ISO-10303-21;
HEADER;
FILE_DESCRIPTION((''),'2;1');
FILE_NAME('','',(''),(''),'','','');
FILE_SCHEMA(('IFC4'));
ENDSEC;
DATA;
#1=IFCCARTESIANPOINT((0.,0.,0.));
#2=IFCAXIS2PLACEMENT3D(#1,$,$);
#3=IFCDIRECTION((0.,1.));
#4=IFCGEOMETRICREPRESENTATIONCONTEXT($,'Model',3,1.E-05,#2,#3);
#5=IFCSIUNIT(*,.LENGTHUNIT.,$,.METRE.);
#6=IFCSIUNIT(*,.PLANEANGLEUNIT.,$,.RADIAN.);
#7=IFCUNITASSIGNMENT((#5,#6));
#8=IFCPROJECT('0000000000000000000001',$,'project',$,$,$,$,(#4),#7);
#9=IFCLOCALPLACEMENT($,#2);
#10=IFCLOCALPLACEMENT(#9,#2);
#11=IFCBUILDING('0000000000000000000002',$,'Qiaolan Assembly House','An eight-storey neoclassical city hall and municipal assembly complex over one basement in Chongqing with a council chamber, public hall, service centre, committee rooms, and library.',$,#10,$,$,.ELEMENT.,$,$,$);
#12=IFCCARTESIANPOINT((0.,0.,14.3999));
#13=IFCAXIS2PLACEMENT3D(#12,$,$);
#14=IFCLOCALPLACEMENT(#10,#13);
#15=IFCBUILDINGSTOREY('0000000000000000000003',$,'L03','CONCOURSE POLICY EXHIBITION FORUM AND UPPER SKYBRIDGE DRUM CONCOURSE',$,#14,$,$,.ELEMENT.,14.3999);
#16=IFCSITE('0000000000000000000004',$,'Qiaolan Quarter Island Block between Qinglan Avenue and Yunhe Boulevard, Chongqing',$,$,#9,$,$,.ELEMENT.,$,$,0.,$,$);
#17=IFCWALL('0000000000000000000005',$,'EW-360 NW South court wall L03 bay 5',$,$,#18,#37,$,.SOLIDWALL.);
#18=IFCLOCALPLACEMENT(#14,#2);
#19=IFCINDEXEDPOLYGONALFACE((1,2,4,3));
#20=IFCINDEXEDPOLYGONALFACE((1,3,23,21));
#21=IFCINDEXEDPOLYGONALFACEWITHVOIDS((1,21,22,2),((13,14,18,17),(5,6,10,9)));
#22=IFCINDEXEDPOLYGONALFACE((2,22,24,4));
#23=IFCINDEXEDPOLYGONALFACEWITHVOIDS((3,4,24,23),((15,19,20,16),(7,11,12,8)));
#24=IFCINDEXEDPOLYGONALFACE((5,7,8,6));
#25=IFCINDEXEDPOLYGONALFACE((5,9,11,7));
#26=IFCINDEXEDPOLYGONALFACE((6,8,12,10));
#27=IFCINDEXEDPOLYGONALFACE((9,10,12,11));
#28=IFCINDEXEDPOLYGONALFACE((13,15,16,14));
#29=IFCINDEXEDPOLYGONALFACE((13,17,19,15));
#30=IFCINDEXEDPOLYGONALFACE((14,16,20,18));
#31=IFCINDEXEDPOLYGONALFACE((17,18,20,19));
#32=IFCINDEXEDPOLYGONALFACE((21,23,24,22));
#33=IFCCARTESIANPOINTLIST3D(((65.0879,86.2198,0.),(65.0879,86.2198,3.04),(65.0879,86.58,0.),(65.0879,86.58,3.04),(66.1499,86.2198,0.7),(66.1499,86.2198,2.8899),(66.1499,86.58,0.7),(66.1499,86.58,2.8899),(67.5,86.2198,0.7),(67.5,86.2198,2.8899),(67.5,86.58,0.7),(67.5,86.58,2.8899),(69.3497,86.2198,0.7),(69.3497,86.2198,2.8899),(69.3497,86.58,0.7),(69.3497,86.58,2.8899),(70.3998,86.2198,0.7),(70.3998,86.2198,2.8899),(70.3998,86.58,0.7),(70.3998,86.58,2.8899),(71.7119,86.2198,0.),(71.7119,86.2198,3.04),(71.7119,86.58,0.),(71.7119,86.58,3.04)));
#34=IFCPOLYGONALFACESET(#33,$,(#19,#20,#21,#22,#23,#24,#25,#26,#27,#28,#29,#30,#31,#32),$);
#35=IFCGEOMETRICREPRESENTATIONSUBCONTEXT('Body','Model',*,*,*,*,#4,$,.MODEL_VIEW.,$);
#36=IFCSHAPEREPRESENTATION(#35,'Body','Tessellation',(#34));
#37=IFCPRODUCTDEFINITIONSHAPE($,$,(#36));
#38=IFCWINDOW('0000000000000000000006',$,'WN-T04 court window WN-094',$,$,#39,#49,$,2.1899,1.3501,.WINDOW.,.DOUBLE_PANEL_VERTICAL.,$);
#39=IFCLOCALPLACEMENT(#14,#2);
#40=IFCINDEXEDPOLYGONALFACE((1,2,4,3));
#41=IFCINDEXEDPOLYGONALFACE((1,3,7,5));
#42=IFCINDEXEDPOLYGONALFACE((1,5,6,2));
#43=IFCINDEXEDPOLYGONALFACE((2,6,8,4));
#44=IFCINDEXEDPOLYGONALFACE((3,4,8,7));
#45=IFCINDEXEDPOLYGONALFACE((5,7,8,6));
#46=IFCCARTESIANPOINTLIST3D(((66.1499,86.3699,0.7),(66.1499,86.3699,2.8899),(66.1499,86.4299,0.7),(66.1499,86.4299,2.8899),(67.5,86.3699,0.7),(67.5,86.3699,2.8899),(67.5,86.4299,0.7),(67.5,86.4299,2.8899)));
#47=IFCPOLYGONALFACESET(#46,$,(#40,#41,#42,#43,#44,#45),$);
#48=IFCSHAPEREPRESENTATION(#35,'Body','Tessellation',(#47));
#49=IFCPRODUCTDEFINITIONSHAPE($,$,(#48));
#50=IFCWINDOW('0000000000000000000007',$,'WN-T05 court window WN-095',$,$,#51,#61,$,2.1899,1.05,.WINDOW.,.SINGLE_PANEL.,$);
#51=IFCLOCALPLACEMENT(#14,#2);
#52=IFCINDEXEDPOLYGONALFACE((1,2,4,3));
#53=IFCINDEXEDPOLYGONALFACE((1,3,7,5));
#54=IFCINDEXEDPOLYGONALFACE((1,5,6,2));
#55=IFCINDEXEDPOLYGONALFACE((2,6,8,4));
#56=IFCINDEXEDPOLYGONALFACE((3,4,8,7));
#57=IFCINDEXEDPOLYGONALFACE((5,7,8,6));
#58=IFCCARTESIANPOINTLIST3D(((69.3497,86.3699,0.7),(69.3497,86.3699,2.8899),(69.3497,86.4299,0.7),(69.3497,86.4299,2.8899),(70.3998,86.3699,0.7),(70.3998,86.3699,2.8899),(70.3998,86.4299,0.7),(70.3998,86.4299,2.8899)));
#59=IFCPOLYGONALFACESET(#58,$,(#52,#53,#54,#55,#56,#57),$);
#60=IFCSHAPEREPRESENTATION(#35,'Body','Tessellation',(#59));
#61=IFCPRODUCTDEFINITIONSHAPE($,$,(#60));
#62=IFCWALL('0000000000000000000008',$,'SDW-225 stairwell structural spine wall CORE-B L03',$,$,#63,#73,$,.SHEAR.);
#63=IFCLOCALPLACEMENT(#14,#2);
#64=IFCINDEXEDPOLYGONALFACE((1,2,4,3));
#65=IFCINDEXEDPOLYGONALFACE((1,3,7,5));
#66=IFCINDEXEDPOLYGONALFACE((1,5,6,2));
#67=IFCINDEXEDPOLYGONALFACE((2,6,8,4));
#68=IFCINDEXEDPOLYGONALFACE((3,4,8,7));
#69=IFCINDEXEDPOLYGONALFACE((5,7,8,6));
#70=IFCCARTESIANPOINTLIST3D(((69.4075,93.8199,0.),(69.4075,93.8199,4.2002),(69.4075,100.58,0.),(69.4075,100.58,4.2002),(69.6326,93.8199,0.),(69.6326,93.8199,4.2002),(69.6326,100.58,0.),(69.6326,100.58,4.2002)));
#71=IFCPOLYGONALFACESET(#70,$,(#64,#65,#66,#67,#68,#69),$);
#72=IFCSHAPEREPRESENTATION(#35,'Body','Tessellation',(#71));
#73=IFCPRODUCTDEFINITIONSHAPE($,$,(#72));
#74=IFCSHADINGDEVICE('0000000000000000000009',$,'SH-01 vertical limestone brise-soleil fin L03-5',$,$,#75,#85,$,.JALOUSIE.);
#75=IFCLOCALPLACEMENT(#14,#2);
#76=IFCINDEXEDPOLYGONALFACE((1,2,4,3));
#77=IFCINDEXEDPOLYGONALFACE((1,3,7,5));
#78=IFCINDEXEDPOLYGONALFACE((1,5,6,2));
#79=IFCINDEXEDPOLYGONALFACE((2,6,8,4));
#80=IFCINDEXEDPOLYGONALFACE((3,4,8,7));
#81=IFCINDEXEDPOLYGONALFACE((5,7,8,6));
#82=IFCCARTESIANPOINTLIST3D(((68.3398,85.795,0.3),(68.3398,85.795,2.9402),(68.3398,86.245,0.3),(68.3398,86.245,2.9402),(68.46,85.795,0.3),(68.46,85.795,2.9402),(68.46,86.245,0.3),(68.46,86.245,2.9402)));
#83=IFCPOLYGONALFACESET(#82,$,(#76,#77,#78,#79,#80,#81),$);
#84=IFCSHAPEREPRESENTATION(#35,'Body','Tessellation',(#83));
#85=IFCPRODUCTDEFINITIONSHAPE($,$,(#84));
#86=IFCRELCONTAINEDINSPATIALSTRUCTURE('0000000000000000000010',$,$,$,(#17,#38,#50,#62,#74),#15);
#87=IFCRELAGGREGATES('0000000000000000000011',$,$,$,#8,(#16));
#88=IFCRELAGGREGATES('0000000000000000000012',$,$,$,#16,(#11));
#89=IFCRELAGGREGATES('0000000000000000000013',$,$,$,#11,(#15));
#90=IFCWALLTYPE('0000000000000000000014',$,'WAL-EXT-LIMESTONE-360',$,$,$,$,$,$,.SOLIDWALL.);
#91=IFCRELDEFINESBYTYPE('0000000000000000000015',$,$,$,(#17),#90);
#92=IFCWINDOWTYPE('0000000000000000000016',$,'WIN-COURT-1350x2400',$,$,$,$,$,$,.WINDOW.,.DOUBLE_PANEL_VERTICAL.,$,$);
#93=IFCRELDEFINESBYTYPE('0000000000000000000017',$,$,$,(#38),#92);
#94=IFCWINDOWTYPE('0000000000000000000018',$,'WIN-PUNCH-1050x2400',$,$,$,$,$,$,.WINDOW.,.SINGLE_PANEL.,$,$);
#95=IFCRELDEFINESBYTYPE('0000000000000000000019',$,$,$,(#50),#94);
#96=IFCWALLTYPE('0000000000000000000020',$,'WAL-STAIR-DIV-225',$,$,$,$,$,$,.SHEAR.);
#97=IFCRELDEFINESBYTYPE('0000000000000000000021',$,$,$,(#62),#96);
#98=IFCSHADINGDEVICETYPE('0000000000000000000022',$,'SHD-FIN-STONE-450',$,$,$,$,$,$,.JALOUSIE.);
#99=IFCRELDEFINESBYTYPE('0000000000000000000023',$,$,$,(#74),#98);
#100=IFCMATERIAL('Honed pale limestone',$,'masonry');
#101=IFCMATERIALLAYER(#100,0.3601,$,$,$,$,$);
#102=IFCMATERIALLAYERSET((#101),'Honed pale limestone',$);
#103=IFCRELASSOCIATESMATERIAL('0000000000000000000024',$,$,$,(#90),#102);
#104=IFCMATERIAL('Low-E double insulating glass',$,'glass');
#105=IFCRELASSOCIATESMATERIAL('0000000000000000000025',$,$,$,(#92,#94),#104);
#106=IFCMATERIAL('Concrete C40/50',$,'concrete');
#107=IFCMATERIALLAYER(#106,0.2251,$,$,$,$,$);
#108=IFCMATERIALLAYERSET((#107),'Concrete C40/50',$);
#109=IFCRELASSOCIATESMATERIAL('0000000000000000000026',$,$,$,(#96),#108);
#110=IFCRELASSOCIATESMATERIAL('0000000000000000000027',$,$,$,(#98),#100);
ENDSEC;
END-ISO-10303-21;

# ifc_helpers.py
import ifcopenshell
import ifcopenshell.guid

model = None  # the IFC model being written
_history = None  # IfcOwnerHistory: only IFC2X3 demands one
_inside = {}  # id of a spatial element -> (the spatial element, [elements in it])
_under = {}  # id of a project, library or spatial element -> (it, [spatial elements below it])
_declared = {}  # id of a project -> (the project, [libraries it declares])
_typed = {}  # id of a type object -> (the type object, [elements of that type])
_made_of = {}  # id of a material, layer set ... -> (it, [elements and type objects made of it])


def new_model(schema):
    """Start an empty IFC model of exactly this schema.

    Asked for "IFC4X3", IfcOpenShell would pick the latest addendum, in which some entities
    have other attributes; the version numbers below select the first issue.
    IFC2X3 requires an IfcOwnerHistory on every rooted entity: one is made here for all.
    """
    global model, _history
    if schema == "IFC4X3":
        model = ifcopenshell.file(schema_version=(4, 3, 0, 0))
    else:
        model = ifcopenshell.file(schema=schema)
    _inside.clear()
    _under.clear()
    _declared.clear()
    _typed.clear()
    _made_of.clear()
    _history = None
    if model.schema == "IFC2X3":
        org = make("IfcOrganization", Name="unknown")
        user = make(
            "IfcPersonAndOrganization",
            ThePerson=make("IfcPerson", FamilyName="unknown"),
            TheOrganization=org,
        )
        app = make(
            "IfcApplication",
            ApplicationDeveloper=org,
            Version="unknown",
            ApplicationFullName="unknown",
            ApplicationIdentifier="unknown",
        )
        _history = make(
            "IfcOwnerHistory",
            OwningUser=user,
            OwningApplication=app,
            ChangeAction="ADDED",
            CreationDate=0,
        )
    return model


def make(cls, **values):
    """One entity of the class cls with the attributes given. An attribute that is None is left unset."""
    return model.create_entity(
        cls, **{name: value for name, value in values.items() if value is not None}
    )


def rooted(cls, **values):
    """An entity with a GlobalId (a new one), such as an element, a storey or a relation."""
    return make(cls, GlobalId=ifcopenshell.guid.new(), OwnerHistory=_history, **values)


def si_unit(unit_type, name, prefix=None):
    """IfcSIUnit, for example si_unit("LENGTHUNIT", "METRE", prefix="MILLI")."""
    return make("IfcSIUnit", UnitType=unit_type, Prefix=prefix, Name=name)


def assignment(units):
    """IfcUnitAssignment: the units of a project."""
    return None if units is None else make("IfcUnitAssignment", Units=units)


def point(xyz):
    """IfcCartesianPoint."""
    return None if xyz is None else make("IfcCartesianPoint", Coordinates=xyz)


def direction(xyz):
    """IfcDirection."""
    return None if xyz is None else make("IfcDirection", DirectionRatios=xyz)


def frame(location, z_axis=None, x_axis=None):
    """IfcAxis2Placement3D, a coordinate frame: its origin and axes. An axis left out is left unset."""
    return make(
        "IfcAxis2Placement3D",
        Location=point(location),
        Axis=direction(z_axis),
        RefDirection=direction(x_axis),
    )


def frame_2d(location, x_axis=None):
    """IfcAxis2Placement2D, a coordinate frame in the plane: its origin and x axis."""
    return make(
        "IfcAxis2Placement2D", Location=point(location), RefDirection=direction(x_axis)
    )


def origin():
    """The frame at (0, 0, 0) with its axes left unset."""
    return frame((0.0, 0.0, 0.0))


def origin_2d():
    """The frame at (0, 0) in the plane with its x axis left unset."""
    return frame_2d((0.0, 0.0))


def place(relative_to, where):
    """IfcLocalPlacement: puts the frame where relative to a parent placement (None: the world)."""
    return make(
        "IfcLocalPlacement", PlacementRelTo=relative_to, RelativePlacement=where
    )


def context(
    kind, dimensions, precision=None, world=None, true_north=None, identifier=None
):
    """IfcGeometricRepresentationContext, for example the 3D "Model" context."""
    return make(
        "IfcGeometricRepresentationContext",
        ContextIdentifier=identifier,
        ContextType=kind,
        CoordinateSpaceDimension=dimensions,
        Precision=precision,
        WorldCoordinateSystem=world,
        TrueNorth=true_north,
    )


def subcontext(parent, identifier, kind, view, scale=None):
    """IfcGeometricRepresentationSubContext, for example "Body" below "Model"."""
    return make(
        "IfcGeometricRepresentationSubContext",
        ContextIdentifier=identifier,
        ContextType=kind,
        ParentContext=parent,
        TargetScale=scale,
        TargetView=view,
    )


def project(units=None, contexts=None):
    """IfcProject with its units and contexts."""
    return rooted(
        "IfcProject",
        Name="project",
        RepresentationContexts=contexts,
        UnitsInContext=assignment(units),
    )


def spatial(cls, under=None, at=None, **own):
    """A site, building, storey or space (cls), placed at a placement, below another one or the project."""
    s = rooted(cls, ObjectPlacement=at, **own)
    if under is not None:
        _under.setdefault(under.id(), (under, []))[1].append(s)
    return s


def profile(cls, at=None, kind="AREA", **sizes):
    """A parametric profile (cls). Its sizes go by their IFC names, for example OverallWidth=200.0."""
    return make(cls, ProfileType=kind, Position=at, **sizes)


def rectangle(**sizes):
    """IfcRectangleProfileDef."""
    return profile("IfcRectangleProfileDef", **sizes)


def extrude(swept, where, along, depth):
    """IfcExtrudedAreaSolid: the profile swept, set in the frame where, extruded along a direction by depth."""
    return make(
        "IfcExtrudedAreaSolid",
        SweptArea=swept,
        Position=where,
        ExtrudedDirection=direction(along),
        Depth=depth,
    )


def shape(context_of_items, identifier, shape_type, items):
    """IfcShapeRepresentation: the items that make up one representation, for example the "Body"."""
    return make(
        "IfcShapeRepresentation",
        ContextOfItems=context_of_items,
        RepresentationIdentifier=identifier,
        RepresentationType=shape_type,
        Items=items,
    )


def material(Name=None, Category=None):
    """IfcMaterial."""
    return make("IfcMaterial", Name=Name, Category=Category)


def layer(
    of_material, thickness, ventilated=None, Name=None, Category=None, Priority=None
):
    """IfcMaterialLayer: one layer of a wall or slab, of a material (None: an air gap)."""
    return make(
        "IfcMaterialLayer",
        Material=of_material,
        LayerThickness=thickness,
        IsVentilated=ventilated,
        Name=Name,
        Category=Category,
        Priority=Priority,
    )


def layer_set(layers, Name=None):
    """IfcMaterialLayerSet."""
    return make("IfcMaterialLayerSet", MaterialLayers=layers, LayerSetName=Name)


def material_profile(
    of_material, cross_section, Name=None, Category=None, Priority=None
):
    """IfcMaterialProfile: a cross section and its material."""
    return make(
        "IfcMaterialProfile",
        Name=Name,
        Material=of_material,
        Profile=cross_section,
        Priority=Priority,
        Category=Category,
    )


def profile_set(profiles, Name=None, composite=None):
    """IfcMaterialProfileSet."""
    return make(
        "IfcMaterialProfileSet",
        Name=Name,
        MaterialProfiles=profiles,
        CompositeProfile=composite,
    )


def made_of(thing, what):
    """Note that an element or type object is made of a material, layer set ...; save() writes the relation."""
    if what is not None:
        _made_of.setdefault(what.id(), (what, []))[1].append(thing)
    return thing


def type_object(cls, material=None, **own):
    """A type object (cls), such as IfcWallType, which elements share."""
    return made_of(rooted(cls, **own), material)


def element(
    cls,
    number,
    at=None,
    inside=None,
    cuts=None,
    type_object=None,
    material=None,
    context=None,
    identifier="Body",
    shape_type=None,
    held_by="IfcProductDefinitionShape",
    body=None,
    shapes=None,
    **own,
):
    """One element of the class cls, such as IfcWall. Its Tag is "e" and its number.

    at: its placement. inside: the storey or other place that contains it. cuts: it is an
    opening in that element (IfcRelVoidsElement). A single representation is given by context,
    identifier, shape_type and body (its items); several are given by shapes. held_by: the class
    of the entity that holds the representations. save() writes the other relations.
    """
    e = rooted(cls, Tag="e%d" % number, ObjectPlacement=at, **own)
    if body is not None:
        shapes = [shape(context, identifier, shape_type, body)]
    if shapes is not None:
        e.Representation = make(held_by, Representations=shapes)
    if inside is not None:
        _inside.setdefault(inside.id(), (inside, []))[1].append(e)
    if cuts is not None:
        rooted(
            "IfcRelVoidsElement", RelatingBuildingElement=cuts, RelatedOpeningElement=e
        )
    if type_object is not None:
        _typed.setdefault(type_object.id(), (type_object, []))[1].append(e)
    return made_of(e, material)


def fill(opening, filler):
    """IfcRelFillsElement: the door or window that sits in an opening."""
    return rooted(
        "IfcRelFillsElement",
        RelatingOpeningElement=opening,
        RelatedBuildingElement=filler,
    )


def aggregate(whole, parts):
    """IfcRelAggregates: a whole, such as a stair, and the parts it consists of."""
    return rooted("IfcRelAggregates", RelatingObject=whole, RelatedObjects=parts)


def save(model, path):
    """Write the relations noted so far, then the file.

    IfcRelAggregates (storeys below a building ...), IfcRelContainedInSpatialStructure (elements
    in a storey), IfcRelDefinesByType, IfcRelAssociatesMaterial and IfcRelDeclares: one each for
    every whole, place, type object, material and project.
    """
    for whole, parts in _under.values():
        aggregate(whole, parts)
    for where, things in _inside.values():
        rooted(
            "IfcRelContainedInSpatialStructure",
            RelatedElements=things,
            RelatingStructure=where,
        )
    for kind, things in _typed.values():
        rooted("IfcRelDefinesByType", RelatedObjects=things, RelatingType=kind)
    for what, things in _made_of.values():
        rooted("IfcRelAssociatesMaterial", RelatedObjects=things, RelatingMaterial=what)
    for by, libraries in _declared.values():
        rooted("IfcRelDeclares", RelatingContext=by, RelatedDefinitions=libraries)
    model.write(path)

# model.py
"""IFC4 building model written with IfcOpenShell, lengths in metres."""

from ifc_helpers import new_model, si_unit, direction, frame, frame_2d, origin, origin_2d, place, context, subcontext, project, spatial, rectangle, extrude, material, layer, layer_set, material_profile, profile_set, type_object, element, fill, save


model = new_model("IFC4")

# Units and contexts
model_context = context("Model", 3, precision=1e-05, world=origin(), true_north=direction((0.0, 1.0)))
body_context = subcontext(model_context, "Body", "Model", "MODEL_VIEW")
ifc_project = project(units=[si_unit("LENGTHUNIT", "METRE"), si_unit("PLANEANGLEUNIT", "RADIAN")], contexts=[model_context])

# Site, building, storey
site_placement = place(None, origin())
site = spatial("IfcSite", under=ifc_project, at=site_placement, Name="Qiaolan Quarter Island Block between Qinglan Avenue and Yunhe Boulevard, Chongqing", CompositionType="ELEMENT", RefElevation=0.0)
building_placement = place(site_placement, origin())
building = spatial("IfcBuilding", under=site, at=building_placement, Name="Qiaolan Assembly House", Description="An eight-storey neoclassical city hall and municipal assembly complex over one basement in Chongqing with a council chamber, public hall, service centre, committee rooms, and library.", CompositionType="ELEMENT")
storey_placement = place(building_placement, frame((0.0, 0.0, 14.3999)))
storey = spatial("IfcBuildingStorey", under=building, at=storey_placement, Name="L03", Description="CONCOURSE POLICY EXHIBITION FORUM AND UPPER SKYBRIDGE DRUM CONCOURSE", CompositionType="ELEMENT", Elevation=14.3999)

# Shared definitions
ifc_material_1 = material(Name="Concrete C40/50", Category="concrete")

# Wall, openings, windows
ifc_material_2 = material(Name="Honed pale limestone", Category="masonry")
ifc_layer_1 = layer(ifc_material_2, 0.3601)
ifc_layer_set_1 = layer_set([ifc_layer_1], Name="Honed pale limestone")
wall_type_1 = type_object("IfcWallType", Name="WAL-EXT-LIMESTONE-360", PredefinedType="SOLIDWALL", material=ifc_layer_set_1)
wall_1_placement = place(storey_placement, frame((65.0879, 86.3999, 0.0), z_axis=(0.0, 0.0, 1.0), x_axis=(1.0, 0.0, 0.0)))
wall_1 = element("IfcWall", 1, at=wall_1_placement, inside=storey, type_object=wall_type_1, Name="EW-360 NW South court wall L03 bay 5", PredefinedType="SOLIDWALL", context=body_context, shape_type="SweptSolid", body=[
    extrude(rectangle(XDim=6.624, YDim=0.3601, at=frame_2d((3.312, 0.0))), origin(), (0.0, 0.0, 1.0), 3.04),
])
opening_1_placement = place(wall_1_placement, frame((1.062, 0.0, 0.7)))
opening_1 = element("IfcOpeningElement", 2, at=opening_1_placement, cuts=wall_1, PredefinedType="OPENING", context=body_context, shape_type="SweptSolid", body=[
    extrude(rectangle(XDim=1.3501, YDim=2.1899, at=frame_2d((0.675, 1.095))), frame((0.0, 0.1899, 0.0), z_axis=(0.0, -1.0, 0.0), x_axis=(1.0, 0.0, 0.0)), (0.0, 0.0, 1.0), 0.3801),
])
opening_2_placement = place(wall_1_placement, frame((4.262, 0.0, 0.7)))
opening_2 = element("IfcOpeningElement", 3, at=opening_2_placement, cuts=wall_1, PredefinedType="OPENING", context=body_context, shape_type="SweptSolid", body=[
    extrude(rectangle(XDim=1.05, YDim=2.1899, at=frame_2d((0.5249, 1.095))), frame((0.0, 0.1899, 0.0), z_axis=(0.0, -1.0, 0.0), x_axis=(1.0, 0.0, 0.0)), (0.0, 0.0, 1.0), 0.3801),
])
ifc_material_3 = material(Name="Low-E double insulating glass", Category="glass")
window_type_1 = type_object("IfcWindowType", Name="WIN-COURT-1350x2400", PartitioningType="DOUBLE_PANEL_VERTICAL", PredefinedType="WINDOW", material=ifc_material_3)
window_1_placement = place(opening_1_placement, origin())
window_1 = element("IfcWindow", 4, at=window_1_placement, inside=storey, type_object=window_type_1, Name="WN-T04 court window WN-094", OverallHeight=2.1899, OverallWidth=1.3501, PartitioningType="DOUBLE_PANEL_VERTICAL", PredefinedType="WINDOW", context=body_context, shape_type="SweptSolid", body=[
    extrude(rectangle(XDim=1.3501, YDim=2.1899, at=frame_2d((0.675, 1.095))), frame((0.0, 0.03, 0.0), z_axis=(0.0, -1.0, 0.0), x_axis=(1.0, 0.0, 0.0)), (0.0, 0.0, 1.0), 0.0601),
])
fill(opening_1, window_1)
window_type_2 = type_object("IfcWindowType", Name="WIN-PUNCH-1050x2400", PartitioningType="SINGLE_PANEL", PredefinedType="WINDOW", material=ifc_material_3)
window_2_placement = place(opening_2_placement, origin())
window_2 = element("IfcWindow", 5, at=window_2_placement, inside=storey, type_object=window_type_2, Name="WN-T05 court window WN-095", OverallHeight=2.1899, OverallWidth=1.05, PartitioningType="SINGLE_PANEL", PredefinedType="WINDOW", context=body_context, shape_type="SweptSolid", body=[
    extrude(rectangle(XDim=1.05, YDim=2.1899, at=frame_2d((0.5249, 1.095))), frame((0.0, 0.03, 0.0), z_axis=(0.0, -1.0, 0.0), x_axis=(1.0, 0.0, 0.0)), (0.0, 0.0, 1.0), 0.0601),
])
fill(opening_2, window_2)

# Wall
ifc_layer_2 = layer(ifc_material_1, 0.2251)
ifc_layer_set_2 = layer_set([ifc_layer_2], Name="Concrete C40/50")
wall_type_2 = type_object("IfcWallType", Name="WAL-STAIR-DIV-225", PredefinedType="SHEAR", material=ifc_layer_set_2)
wall_2_placement = place(storey_placement, frame((69.52, 93.8201, 0.0), z_axis=(0.0, 0.0, 1.0), x_axis=(0.0, 1.0, 0.0)))
element("IfcWall", 6, at=wall_2_placement, inside=storey, type_object=wall_type_2, Name="SDW-225 stairwell structural spine wall CORE-B L03", PredefinedType="SHEAR", context=body_context, shape_type="SweptSolid", body=[
    extrude(rectangle(XDim=6.76, YDim=0.2251, at=frame_2d((3.3799, 0.0))), origin(), (0.0, 0.0, 1.0), 4.2002),
])

# Shading device
ifc_material_profile_1 = material_profile(ifc_material_2, rectangle(XDim=0.1201, YDim=0.45, at=origin_2d()), Name="FIN 120x450")
ifc_profile_set_1 = profile_set([ifc_material_profile_1], Name="Honed pale limestone")
shading_device_type = type_object("IfcShadingDeviceType", Name="SHD-FIN-STONE-450", PredefinedType="JALOUSIE", material=ifc_profile_set_1)
shading_device_placement = place(storey_placement, frame((68.3999, 86.02, 0.3), z_axis=(0.0, 0.0, 1.0), x_axis=(1.0, 0.0, 0.0)))
element("IfcShadingDevice", 7, at=shading_device_placement, inside=storey, type_object=shading_device_type, Name="SH-01 vertical limestone brise-soleil fin L03-5", PredefinedType="JALOUSIE", context=body_context, shape_type="SweptSolid", body=[
    extrude(rectangle(XDim=0.1201, YDim=0.45, at=origin_2d()), origin(), (0.0, 0.0, 1.0), 2.6401),
])

save(model, "model.ifc")
